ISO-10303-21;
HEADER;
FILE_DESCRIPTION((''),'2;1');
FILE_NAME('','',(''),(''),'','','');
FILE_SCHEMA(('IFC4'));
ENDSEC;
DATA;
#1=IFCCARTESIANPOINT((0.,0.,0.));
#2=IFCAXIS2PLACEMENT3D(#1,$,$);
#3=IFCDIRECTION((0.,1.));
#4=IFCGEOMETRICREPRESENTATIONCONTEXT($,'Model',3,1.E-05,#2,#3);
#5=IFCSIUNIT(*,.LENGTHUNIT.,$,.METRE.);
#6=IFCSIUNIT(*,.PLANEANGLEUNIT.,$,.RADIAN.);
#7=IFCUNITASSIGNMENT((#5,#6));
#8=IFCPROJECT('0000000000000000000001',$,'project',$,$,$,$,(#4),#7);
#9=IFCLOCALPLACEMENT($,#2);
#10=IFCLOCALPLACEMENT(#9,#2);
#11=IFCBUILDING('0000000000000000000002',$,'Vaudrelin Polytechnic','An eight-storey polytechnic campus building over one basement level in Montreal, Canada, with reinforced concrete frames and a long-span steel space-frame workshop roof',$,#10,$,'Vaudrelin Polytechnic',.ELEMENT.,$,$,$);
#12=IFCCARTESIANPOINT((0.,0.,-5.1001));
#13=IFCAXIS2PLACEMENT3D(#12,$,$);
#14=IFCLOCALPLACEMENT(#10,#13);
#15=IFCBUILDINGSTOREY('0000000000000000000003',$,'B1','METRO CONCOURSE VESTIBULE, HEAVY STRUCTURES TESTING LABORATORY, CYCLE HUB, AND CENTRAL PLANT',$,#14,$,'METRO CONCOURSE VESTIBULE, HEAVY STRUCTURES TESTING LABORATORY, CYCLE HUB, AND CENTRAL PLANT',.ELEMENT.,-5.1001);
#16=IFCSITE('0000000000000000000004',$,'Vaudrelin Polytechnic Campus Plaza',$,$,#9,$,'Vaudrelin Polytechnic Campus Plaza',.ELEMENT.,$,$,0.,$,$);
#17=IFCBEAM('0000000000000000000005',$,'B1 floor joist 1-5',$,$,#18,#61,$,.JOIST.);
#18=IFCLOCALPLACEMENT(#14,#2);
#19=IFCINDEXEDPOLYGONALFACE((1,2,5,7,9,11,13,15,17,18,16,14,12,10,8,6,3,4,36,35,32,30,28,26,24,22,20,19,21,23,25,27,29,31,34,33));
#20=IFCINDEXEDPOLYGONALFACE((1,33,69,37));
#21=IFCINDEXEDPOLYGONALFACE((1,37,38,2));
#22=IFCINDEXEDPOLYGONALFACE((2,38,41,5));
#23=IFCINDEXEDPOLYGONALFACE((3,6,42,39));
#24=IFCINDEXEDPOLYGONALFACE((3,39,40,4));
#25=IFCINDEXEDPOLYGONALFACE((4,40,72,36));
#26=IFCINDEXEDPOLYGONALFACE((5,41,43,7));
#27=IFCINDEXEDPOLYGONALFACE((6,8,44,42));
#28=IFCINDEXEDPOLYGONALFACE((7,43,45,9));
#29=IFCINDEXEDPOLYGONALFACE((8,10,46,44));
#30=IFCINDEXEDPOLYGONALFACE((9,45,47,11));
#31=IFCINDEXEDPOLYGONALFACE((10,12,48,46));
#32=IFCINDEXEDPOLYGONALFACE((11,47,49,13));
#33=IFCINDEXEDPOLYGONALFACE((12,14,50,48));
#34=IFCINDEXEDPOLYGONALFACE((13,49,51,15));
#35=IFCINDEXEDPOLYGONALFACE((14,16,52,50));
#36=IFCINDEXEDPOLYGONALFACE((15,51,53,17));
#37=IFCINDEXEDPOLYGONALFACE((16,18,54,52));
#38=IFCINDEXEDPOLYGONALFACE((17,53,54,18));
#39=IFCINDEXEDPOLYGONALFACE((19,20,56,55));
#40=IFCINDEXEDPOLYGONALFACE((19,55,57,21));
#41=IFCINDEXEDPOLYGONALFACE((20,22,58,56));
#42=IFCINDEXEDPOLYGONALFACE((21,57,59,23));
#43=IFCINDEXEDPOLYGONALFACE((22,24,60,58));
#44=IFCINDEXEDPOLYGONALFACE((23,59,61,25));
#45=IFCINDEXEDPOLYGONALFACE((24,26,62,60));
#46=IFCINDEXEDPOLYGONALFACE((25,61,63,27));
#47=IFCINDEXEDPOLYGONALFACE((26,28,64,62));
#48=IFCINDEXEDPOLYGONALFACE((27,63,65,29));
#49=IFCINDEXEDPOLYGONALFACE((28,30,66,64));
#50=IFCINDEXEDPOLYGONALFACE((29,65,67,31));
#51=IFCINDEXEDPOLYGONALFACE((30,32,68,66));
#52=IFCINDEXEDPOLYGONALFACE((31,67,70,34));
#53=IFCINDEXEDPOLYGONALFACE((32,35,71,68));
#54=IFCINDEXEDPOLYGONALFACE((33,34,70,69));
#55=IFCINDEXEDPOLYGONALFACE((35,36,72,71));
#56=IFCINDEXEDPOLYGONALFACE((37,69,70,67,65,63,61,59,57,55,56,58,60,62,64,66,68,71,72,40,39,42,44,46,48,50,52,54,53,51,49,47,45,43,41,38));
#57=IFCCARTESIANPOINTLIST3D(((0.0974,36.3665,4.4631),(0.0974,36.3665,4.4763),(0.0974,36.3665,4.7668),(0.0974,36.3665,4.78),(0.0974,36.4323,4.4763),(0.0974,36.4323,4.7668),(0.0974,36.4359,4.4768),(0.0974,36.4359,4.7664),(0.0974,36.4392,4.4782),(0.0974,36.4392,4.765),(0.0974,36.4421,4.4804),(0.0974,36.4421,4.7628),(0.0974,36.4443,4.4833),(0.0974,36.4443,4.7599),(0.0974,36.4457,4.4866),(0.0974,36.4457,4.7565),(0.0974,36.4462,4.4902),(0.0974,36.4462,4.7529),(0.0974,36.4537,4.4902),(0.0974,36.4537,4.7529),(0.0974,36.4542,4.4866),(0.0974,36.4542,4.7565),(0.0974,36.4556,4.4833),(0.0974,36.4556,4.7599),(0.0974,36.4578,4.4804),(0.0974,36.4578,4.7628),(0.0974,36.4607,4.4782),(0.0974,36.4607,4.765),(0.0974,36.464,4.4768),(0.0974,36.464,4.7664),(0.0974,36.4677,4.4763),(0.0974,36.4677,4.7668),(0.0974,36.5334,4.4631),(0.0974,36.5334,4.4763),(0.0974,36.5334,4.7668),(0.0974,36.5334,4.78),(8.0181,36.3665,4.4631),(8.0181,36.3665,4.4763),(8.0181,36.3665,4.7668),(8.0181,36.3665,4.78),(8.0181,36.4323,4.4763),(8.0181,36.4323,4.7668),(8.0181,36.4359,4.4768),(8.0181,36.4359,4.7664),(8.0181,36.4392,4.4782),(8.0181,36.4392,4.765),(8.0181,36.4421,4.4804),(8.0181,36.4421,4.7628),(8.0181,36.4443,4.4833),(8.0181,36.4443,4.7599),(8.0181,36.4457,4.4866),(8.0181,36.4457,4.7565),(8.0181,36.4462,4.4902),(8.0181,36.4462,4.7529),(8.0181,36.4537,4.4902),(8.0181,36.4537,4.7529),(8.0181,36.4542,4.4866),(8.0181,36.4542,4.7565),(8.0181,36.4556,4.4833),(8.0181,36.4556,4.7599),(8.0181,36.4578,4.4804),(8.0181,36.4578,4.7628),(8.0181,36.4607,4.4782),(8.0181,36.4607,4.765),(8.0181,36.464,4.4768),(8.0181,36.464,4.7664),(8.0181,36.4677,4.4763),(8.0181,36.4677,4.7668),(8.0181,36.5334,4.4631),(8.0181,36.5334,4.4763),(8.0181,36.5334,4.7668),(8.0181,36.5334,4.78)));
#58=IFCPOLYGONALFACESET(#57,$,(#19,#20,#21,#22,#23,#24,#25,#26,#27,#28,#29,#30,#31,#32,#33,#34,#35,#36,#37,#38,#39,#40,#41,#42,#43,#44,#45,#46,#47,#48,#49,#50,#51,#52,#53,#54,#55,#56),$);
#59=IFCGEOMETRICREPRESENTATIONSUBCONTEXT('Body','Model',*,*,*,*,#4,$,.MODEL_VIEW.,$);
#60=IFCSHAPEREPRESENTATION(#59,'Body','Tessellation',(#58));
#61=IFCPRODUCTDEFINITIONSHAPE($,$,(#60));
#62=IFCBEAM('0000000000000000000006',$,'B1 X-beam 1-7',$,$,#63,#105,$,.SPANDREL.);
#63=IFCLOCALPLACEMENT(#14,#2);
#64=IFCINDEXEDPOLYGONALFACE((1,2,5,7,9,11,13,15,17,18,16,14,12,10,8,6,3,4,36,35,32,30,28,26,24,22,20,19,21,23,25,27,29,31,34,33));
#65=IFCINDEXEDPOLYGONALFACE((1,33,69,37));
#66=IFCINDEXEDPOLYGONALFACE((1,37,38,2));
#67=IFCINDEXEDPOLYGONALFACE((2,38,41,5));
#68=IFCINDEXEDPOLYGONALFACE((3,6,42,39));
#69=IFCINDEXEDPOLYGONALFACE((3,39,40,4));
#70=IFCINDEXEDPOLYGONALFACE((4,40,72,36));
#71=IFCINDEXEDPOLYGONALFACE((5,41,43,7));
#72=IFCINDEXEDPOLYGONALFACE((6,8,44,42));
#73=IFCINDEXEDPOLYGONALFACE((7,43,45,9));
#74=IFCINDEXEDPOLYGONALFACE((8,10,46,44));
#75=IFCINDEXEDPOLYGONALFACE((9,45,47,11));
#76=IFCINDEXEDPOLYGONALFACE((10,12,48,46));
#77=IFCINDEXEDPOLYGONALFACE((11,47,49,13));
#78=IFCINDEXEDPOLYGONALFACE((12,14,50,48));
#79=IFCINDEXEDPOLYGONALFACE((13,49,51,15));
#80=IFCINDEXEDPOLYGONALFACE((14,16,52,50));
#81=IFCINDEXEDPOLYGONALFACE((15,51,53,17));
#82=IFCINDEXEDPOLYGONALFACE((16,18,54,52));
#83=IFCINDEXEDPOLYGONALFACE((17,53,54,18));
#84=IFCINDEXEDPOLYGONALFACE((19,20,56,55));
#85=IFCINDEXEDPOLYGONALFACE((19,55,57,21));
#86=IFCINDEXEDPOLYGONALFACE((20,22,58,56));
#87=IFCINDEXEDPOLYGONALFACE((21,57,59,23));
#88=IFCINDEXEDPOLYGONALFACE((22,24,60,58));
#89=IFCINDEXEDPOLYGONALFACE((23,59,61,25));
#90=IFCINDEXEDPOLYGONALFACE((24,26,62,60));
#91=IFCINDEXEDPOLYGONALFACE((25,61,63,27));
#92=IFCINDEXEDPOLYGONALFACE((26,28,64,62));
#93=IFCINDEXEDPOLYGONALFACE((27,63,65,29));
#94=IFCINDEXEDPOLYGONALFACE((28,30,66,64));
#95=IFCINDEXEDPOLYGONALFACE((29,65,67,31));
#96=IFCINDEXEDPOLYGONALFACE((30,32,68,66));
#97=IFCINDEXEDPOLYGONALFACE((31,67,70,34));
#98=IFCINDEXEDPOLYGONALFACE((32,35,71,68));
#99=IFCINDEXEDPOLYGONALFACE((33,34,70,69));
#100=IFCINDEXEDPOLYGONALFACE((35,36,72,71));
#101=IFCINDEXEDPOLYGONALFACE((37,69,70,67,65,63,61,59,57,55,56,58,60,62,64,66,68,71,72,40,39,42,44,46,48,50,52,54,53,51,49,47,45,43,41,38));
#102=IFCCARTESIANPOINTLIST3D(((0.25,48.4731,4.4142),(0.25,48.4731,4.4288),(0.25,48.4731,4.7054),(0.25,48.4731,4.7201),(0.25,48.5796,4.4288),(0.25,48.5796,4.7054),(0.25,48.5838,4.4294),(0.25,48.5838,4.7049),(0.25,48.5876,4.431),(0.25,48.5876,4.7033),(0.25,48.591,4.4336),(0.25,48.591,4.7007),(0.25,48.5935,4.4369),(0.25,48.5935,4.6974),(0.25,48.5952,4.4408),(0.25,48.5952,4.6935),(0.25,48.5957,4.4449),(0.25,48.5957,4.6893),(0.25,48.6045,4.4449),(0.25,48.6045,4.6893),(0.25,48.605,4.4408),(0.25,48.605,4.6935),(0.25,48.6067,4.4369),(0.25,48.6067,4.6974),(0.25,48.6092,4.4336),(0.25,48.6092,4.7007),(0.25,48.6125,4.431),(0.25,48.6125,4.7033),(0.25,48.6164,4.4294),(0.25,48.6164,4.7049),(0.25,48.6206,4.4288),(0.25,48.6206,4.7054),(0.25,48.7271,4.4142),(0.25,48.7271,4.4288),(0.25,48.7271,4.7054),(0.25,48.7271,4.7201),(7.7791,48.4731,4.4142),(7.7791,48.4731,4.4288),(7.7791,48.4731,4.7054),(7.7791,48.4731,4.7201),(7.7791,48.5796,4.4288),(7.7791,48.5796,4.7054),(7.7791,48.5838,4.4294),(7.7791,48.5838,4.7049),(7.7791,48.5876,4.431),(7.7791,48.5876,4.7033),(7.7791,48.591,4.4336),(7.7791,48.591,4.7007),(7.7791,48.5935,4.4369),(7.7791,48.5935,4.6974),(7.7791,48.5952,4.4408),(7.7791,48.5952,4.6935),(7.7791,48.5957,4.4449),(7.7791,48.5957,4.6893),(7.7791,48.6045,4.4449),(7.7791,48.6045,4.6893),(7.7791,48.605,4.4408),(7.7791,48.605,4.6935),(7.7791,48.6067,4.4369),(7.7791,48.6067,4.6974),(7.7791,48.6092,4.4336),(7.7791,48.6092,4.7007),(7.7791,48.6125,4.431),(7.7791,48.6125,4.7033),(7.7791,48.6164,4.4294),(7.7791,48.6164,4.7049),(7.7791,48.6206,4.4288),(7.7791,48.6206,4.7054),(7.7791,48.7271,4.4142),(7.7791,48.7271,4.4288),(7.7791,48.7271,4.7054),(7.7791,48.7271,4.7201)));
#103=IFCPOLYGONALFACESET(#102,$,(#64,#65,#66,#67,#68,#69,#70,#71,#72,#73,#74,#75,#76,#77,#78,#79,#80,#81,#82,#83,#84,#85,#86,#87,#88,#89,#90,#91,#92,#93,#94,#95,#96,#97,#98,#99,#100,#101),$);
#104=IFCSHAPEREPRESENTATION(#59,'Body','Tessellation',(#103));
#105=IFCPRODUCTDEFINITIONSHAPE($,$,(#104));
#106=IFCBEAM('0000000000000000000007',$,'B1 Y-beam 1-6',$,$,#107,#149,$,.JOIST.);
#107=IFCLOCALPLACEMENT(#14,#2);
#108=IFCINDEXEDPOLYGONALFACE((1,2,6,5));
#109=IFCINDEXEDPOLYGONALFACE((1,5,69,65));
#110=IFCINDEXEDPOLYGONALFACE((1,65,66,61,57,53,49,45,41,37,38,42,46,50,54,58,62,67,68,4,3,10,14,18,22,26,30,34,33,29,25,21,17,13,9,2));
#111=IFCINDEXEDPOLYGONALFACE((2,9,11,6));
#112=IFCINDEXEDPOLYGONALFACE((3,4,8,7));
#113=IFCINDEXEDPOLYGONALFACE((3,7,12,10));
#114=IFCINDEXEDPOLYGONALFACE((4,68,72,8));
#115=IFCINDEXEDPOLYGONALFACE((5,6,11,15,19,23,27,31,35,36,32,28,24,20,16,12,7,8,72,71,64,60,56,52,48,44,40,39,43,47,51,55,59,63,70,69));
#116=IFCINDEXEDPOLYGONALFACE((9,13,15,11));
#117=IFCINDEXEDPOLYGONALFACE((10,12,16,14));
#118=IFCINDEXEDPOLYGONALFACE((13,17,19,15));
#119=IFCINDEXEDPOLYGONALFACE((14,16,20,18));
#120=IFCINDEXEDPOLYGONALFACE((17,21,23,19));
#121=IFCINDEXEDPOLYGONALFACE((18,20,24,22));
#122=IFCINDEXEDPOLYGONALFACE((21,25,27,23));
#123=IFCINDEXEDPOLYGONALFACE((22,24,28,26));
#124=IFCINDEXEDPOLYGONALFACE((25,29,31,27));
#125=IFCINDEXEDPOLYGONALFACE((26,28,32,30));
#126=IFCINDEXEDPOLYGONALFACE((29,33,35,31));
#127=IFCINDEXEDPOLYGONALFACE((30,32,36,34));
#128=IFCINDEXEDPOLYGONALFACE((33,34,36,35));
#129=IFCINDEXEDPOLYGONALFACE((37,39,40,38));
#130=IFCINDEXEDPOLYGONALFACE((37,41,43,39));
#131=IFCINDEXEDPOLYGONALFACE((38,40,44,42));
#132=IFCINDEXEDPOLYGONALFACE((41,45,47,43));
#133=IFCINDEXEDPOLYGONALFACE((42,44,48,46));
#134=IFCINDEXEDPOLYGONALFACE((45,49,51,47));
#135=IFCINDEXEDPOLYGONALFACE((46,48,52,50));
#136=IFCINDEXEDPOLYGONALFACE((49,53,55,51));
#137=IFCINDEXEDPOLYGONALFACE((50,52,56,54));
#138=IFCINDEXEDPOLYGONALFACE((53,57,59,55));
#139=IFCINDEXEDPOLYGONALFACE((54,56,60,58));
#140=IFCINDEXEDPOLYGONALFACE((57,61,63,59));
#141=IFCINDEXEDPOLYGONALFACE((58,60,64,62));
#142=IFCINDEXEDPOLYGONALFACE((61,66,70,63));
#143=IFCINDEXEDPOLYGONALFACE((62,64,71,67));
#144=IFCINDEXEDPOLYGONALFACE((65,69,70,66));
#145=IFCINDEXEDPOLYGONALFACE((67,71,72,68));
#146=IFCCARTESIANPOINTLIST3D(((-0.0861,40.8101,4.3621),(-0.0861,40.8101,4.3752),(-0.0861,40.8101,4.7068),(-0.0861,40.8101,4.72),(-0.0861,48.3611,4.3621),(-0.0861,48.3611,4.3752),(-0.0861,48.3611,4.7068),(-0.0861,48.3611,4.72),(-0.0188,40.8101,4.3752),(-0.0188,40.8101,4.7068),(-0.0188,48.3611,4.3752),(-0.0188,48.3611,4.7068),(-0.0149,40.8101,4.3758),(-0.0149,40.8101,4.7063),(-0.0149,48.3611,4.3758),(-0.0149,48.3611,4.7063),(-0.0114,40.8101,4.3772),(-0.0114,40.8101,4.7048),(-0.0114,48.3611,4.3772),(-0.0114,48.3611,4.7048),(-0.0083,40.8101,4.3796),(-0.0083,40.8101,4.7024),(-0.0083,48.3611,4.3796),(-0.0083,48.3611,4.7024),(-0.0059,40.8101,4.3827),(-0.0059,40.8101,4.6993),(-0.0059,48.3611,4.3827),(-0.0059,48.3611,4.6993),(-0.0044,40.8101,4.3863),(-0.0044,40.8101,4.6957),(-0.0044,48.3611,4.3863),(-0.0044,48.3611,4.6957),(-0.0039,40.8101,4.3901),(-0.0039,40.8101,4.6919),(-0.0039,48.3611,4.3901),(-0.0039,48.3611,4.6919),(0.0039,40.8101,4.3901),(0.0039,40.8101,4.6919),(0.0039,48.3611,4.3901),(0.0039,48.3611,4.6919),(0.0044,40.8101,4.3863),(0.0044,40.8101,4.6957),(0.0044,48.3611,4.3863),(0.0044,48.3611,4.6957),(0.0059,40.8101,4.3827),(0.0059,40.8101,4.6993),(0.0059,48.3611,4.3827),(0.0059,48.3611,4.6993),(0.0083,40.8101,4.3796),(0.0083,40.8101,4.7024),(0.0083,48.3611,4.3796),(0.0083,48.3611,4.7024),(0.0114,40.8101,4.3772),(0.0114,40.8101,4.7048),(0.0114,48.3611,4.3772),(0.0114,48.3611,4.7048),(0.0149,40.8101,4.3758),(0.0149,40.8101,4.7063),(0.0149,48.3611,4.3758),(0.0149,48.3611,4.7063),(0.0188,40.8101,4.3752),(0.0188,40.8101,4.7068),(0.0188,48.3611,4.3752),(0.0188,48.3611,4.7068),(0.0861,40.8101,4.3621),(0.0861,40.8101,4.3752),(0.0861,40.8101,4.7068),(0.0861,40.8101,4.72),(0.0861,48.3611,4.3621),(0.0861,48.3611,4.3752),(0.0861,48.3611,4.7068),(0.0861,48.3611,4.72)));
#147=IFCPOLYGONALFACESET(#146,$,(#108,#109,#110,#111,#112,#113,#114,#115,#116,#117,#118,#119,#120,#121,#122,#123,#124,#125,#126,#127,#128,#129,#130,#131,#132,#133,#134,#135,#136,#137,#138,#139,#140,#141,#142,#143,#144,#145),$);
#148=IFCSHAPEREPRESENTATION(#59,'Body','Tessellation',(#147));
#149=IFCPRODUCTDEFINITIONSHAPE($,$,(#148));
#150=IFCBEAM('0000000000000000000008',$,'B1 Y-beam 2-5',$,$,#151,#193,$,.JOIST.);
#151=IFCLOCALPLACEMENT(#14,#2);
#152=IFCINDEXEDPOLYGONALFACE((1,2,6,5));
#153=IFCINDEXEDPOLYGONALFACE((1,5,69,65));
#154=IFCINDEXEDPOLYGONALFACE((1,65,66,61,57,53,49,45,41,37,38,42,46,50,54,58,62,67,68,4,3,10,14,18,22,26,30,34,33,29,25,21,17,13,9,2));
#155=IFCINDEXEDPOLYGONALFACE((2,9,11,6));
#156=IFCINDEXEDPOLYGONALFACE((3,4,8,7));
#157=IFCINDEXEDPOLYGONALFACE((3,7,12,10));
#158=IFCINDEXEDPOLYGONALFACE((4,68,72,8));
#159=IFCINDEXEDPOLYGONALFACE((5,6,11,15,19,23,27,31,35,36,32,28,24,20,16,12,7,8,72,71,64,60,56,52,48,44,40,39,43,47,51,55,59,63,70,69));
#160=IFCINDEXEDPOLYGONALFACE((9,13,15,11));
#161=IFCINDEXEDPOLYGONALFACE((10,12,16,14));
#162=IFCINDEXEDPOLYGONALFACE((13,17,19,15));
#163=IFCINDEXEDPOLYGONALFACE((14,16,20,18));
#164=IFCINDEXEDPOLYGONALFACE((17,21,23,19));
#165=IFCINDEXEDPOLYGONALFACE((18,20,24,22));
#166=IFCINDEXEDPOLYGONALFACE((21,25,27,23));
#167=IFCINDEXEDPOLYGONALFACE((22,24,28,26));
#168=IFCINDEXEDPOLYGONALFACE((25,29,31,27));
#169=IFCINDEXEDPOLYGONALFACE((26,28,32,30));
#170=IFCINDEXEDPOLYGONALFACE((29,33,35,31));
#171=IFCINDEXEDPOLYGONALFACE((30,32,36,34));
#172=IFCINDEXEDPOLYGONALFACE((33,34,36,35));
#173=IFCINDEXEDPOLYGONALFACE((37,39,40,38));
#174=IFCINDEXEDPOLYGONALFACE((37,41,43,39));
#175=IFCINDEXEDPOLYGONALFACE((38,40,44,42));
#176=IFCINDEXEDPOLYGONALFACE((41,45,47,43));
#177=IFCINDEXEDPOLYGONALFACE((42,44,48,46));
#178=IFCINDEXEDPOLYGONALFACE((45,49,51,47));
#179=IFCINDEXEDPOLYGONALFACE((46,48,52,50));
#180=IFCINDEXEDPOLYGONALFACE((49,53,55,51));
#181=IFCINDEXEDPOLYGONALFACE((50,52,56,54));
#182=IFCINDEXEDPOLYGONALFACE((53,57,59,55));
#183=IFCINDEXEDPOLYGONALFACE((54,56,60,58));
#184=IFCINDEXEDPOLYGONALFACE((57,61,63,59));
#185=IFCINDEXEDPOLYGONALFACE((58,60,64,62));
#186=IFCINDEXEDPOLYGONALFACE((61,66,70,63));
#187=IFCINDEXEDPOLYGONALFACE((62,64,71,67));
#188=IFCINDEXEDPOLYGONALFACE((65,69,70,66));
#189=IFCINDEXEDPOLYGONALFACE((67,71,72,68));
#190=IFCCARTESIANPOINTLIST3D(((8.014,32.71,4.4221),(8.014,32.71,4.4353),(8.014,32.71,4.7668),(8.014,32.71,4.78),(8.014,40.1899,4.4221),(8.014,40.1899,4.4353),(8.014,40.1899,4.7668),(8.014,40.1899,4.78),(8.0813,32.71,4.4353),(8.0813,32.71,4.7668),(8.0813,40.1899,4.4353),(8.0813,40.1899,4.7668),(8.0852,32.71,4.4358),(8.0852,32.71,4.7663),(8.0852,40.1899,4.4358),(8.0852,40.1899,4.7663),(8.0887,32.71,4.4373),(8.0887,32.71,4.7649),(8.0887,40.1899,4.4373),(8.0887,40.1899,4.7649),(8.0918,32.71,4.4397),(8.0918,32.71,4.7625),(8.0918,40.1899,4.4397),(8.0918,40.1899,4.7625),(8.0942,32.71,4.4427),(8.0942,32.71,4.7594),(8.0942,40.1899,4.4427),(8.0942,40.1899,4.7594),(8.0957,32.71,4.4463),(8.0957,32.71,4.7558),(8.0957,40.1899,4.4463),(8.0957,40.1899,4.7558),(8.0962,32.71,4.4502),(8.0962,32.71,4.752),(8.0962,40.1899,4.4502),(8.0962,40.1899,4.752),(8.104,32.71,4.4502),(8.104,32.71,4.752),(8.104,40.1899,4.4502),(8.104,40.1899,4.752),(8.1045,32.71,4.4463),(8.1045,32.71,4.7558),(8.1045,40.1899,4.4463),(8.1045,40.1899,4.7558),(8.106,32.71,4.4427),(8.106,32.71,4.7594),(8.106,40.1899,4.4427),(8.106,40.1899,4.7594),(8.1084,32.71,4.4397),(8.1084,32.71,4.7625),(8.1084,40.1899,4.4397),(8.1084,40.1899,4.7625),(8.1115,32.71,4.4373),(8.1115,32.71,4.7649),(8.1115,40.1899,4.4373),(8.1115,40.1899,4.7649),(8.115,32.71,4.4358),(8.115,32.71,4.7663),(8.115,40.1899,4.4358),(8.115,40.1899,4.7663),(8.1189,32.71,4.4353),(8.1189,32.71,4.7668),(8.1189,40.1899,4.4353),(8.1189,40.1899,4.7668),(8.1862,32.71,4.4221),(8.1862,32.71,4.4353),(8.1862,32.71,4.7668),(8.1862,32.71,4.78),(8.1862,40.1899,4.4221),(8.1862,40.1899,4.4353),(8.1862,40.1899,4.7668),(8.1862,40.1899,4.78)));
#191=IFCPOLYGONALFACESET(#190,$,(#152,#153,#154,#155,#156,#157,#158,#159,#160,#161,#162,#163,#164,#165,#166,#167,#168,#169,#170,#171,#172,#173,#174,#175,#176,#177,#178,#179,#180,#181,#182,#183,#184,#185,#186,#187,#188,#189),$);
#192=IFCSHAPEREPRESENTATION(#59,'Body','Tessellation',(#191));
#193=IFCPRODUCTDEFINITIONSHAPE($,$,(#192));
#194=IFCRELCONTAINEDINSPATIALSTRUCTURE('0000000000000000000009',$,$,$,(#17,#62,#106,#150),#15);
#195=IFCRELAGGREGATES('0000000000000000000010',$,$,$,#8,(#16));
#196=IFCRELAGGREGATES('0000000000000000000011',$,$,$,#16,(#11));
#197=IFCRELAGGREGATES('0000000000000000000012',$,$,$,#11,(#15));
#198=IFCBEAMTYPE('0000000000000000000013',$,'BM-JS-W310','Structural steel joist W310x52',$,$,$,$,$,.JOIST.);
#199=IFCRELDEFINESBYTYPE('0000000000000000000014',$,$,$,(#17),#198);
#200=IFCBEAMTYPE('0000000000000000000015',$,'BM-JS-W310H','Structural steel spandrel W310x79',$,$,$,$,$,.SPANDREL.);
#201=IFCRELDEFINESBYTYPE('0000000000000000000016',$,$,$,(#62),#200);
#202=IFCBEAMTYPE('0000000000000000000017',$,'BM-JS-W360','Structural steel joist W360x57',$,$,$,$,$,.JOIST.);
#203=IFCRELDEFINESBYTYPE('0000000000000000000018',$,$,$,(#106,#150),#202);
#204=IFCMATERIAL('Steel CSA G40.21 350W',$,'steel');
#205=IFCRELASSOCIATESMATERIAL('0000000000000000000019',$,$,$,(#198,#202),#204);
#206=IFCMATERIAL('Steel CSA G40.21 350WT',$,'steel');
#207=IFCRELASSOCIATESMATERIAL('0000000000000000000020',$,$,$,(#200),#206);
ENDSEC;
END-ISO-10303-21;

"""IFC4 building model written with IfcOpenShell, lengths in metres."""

from ifc_helpers import new_model, si_unit, direction, frame, origin, origin_2d, place, context, subcontext, project, spatial, i_section, extrude, material, material_profile, profile_set, type_object, element, save


model = new_model("IFC4")

# Units and contexts
model_context = context("Model", 3, precision=1e-05, world=origin(), true_north=direction((0.0, 1.0)))
body_context = subcontext(model_context, "Body", "Model", "MODEL_VIEW")
ifc_project = project(units=[si_unit("LENGTHUNIT", "METRE"), si_unit("PLANEANGLEUNIT", "RADIAN")], contexts=[model_context])

# Site, building, storey
site_placement = place(None, origin())
site = spatial("IfcSite", under=ifc_project, at=site_placement, Name="Vaudrelin Polytechnic Campus Plaza", LongName="Vaudrelin Polytechnic Campus Plaza", CompositionType="ELEMENT", RefElevation=0.0)
building_placement = place(site_placement, origin())
building = spatial("IfcBuilding", under=site, at=building_placement, Name="Vaudrelin Polytechnic", Description="An eight-storey polytechnic campus building over one basement level in Montreal, Canada, with reinforced concrete frames and a long-span steel space-frame workshop roof", LongName="Vaudrelin Polytechnic", CompositionType="ELEMENT")
storey_placement = place(building_placement, frame((0.0, 0.0, -5.1001)))
storey = spatial("IfcBuildingStorey", under=building, at=storey_placement, Name="B1", Description="METRO CONCOURSE VESTIBULE, HEAVY STRUCTURES TESTING LABORATORY, CYCLE HUB, AND CENTRAL PLANT", LongName="METRO CONCOURSE VESTIBULE, HEAVY STRUCTURES TESTING LABORATORY, CYCLE HUB, AND CENTRAL PLANT", CompositionType="ELEMENT", Elevation=-5.1001)

# Shared definitions
ifc_material_1 = material(Name="Steel CSA G40.21 350WT", Category="steel")
ifc_material_2 = material(Name="Steel CSA G40.21 350W", Category="steel")

# Beams
ifc_material_profile_1 = material_profile(ifc_material_2, i_section(OverallWidth=0.167, OverallDepth=0.3169, WebThickness=0.0076, FlangeThickness=0.0132, FilletRadius=0.0139, at=origin_2d()), Name="W310x52")
ifc_profile_set_1 = profile_set([ifc_material_profile_1], Name="Steel CSA G40.21 350W")
beam_type_1 = type_object("IfcBeamType", Name="BM-JS-W310", Description="Structural steel joist W310x52", PredefinedType="JOIST", material=ifc_profile_set_1)
beam_1_placement = place(storey_placement, frame((0.0974, 36.45, 4.6216), z_axis=(1.0, 0.0, 0.0), x_axis=(0.0, 1.0, 0.0)))
element("IfcBeam", 1, at=beam_1_placement, inside=storey, type_object=beam_type_1, Name="B1 floor joist 1-5", PredefinedType="JOIST", context=body_context, shape_type="SweptSolid", body=[
    extrude(i_section(OverallWidth=0.167, OverallDepth=0.3169, WebThickness=0.0076, FlangeThickness=0.0132, FilletRadius=0.0139, at=origin_2d()), origin(), (0.0, 0.0, 1.0), 7.9207),
])
ifc_material_profile_2 = material_profile(ifc_material_1, i_section(OverallWidth=0.2539, OverallDepth=0.3059, WebThickness=0.0088, FlangeThickness=0.0146, FilletRadius=0.0161, at=origin_2d()), Name="W310x79")
ifc_profile_set_2 = profile_set([ifc_material_profile_2], Name="Steel CSA G40.21 350WT")
beam_type_2 = type_object("IfcBeamType", Name="BM-JS-W310H", Description="Structural steel spandrel W310x79", PredefinedType="SPANDREL", material=ifc_profile_set_2)
beam_2_placement = place(storey_placement, frame((0.25, 48.6001, 4.5671), z_axis=(1.0, 0.0, 0.0), x_axis=(0.0, 1.0, 0.0)))
element("IfcBeam", 2, at=beam_2_placement, inside=storey, type_object=beam_type_2, Name="B1 X-beam 1-7", PredefinedType="SPANDREL", context=body_context, shape_type="SweptSolid", body=[
    extrude(i_section(OverallWidth=0.2539, OverallDepth=0.3059, WebThickness=0.0088, FlangeThickness=0.0146, FilletRadius=0.0161, at=origin_2d()), origin(), (0.0, 0.0, 1.0), 7.5291),
])
ifc_material_profile_3 = material_profile(ifc_material_2, i_section(OverallWidth=0.1721, OverallDepth=0.3579, WebThickness=0.0078, FlangeThickness=0.0132, FilletRadius=0.0149, at=origin_2d()), Name="W360x57")
ifc_profile_set_3 = profile_set([ifc_material_profile_3], Name="Steel CSA G40.21 350W")
beam_type_3 = type_object("IfcBeamType", Name="BM-JS-W360", Description="Structural steel joist W360x57", PredefinedType="JOIST", material=ifc_profile_set_3)
beam_3_placement = place(storey_placement, frame((0.0, 40.8101, 4.541), z_axis=(0.0, 1.0, 0.0), x_axis=(-1.0, 0.0, 0.0)))
element("IfcBeam", 3, at=beam_3_placement, inside=storey, type_object=beam_type_3, Name="B1 Y-beam 1-6", PredefinedType="JOIST", context=body_context, shape_type="SweptSolid", body=[
    extrude(i_section(OverallWidth=0.1721, OverallDepth=0.3579, WebThickness=0.0078, FlangeThickness=0.0132, FilletRadius=0.0149, at=origin_2d()), origin(), (0.0, 0.0, 1.0), 7.551),
])
beam_4_placement = place(storey_placement, frame((8.1001, 32.71, 4.6011), z_axis=(0.0, 1.0, 0.0), x_axis=(-1.0, 0.0, 0.0)))
element("IfcBeam", 4, at=beam_4_placement, inside=storey, type_object=beam_type_3, Name="B1 Y-beam 2-5", PredefinedType="JOIST", context=body_context, shape_type="SweptSolid", body=[
    extrude(i_section(OverallWidth=0.1721, OverallDepth=0.3579, WebThickness=0.0078, FlangeThickness=0.0132, FilletRadius=0.0149, at=origin_2d()), origin(), (0.0, 0.0, 1.0), 7.48),
])

save(model, "model.ifc")
